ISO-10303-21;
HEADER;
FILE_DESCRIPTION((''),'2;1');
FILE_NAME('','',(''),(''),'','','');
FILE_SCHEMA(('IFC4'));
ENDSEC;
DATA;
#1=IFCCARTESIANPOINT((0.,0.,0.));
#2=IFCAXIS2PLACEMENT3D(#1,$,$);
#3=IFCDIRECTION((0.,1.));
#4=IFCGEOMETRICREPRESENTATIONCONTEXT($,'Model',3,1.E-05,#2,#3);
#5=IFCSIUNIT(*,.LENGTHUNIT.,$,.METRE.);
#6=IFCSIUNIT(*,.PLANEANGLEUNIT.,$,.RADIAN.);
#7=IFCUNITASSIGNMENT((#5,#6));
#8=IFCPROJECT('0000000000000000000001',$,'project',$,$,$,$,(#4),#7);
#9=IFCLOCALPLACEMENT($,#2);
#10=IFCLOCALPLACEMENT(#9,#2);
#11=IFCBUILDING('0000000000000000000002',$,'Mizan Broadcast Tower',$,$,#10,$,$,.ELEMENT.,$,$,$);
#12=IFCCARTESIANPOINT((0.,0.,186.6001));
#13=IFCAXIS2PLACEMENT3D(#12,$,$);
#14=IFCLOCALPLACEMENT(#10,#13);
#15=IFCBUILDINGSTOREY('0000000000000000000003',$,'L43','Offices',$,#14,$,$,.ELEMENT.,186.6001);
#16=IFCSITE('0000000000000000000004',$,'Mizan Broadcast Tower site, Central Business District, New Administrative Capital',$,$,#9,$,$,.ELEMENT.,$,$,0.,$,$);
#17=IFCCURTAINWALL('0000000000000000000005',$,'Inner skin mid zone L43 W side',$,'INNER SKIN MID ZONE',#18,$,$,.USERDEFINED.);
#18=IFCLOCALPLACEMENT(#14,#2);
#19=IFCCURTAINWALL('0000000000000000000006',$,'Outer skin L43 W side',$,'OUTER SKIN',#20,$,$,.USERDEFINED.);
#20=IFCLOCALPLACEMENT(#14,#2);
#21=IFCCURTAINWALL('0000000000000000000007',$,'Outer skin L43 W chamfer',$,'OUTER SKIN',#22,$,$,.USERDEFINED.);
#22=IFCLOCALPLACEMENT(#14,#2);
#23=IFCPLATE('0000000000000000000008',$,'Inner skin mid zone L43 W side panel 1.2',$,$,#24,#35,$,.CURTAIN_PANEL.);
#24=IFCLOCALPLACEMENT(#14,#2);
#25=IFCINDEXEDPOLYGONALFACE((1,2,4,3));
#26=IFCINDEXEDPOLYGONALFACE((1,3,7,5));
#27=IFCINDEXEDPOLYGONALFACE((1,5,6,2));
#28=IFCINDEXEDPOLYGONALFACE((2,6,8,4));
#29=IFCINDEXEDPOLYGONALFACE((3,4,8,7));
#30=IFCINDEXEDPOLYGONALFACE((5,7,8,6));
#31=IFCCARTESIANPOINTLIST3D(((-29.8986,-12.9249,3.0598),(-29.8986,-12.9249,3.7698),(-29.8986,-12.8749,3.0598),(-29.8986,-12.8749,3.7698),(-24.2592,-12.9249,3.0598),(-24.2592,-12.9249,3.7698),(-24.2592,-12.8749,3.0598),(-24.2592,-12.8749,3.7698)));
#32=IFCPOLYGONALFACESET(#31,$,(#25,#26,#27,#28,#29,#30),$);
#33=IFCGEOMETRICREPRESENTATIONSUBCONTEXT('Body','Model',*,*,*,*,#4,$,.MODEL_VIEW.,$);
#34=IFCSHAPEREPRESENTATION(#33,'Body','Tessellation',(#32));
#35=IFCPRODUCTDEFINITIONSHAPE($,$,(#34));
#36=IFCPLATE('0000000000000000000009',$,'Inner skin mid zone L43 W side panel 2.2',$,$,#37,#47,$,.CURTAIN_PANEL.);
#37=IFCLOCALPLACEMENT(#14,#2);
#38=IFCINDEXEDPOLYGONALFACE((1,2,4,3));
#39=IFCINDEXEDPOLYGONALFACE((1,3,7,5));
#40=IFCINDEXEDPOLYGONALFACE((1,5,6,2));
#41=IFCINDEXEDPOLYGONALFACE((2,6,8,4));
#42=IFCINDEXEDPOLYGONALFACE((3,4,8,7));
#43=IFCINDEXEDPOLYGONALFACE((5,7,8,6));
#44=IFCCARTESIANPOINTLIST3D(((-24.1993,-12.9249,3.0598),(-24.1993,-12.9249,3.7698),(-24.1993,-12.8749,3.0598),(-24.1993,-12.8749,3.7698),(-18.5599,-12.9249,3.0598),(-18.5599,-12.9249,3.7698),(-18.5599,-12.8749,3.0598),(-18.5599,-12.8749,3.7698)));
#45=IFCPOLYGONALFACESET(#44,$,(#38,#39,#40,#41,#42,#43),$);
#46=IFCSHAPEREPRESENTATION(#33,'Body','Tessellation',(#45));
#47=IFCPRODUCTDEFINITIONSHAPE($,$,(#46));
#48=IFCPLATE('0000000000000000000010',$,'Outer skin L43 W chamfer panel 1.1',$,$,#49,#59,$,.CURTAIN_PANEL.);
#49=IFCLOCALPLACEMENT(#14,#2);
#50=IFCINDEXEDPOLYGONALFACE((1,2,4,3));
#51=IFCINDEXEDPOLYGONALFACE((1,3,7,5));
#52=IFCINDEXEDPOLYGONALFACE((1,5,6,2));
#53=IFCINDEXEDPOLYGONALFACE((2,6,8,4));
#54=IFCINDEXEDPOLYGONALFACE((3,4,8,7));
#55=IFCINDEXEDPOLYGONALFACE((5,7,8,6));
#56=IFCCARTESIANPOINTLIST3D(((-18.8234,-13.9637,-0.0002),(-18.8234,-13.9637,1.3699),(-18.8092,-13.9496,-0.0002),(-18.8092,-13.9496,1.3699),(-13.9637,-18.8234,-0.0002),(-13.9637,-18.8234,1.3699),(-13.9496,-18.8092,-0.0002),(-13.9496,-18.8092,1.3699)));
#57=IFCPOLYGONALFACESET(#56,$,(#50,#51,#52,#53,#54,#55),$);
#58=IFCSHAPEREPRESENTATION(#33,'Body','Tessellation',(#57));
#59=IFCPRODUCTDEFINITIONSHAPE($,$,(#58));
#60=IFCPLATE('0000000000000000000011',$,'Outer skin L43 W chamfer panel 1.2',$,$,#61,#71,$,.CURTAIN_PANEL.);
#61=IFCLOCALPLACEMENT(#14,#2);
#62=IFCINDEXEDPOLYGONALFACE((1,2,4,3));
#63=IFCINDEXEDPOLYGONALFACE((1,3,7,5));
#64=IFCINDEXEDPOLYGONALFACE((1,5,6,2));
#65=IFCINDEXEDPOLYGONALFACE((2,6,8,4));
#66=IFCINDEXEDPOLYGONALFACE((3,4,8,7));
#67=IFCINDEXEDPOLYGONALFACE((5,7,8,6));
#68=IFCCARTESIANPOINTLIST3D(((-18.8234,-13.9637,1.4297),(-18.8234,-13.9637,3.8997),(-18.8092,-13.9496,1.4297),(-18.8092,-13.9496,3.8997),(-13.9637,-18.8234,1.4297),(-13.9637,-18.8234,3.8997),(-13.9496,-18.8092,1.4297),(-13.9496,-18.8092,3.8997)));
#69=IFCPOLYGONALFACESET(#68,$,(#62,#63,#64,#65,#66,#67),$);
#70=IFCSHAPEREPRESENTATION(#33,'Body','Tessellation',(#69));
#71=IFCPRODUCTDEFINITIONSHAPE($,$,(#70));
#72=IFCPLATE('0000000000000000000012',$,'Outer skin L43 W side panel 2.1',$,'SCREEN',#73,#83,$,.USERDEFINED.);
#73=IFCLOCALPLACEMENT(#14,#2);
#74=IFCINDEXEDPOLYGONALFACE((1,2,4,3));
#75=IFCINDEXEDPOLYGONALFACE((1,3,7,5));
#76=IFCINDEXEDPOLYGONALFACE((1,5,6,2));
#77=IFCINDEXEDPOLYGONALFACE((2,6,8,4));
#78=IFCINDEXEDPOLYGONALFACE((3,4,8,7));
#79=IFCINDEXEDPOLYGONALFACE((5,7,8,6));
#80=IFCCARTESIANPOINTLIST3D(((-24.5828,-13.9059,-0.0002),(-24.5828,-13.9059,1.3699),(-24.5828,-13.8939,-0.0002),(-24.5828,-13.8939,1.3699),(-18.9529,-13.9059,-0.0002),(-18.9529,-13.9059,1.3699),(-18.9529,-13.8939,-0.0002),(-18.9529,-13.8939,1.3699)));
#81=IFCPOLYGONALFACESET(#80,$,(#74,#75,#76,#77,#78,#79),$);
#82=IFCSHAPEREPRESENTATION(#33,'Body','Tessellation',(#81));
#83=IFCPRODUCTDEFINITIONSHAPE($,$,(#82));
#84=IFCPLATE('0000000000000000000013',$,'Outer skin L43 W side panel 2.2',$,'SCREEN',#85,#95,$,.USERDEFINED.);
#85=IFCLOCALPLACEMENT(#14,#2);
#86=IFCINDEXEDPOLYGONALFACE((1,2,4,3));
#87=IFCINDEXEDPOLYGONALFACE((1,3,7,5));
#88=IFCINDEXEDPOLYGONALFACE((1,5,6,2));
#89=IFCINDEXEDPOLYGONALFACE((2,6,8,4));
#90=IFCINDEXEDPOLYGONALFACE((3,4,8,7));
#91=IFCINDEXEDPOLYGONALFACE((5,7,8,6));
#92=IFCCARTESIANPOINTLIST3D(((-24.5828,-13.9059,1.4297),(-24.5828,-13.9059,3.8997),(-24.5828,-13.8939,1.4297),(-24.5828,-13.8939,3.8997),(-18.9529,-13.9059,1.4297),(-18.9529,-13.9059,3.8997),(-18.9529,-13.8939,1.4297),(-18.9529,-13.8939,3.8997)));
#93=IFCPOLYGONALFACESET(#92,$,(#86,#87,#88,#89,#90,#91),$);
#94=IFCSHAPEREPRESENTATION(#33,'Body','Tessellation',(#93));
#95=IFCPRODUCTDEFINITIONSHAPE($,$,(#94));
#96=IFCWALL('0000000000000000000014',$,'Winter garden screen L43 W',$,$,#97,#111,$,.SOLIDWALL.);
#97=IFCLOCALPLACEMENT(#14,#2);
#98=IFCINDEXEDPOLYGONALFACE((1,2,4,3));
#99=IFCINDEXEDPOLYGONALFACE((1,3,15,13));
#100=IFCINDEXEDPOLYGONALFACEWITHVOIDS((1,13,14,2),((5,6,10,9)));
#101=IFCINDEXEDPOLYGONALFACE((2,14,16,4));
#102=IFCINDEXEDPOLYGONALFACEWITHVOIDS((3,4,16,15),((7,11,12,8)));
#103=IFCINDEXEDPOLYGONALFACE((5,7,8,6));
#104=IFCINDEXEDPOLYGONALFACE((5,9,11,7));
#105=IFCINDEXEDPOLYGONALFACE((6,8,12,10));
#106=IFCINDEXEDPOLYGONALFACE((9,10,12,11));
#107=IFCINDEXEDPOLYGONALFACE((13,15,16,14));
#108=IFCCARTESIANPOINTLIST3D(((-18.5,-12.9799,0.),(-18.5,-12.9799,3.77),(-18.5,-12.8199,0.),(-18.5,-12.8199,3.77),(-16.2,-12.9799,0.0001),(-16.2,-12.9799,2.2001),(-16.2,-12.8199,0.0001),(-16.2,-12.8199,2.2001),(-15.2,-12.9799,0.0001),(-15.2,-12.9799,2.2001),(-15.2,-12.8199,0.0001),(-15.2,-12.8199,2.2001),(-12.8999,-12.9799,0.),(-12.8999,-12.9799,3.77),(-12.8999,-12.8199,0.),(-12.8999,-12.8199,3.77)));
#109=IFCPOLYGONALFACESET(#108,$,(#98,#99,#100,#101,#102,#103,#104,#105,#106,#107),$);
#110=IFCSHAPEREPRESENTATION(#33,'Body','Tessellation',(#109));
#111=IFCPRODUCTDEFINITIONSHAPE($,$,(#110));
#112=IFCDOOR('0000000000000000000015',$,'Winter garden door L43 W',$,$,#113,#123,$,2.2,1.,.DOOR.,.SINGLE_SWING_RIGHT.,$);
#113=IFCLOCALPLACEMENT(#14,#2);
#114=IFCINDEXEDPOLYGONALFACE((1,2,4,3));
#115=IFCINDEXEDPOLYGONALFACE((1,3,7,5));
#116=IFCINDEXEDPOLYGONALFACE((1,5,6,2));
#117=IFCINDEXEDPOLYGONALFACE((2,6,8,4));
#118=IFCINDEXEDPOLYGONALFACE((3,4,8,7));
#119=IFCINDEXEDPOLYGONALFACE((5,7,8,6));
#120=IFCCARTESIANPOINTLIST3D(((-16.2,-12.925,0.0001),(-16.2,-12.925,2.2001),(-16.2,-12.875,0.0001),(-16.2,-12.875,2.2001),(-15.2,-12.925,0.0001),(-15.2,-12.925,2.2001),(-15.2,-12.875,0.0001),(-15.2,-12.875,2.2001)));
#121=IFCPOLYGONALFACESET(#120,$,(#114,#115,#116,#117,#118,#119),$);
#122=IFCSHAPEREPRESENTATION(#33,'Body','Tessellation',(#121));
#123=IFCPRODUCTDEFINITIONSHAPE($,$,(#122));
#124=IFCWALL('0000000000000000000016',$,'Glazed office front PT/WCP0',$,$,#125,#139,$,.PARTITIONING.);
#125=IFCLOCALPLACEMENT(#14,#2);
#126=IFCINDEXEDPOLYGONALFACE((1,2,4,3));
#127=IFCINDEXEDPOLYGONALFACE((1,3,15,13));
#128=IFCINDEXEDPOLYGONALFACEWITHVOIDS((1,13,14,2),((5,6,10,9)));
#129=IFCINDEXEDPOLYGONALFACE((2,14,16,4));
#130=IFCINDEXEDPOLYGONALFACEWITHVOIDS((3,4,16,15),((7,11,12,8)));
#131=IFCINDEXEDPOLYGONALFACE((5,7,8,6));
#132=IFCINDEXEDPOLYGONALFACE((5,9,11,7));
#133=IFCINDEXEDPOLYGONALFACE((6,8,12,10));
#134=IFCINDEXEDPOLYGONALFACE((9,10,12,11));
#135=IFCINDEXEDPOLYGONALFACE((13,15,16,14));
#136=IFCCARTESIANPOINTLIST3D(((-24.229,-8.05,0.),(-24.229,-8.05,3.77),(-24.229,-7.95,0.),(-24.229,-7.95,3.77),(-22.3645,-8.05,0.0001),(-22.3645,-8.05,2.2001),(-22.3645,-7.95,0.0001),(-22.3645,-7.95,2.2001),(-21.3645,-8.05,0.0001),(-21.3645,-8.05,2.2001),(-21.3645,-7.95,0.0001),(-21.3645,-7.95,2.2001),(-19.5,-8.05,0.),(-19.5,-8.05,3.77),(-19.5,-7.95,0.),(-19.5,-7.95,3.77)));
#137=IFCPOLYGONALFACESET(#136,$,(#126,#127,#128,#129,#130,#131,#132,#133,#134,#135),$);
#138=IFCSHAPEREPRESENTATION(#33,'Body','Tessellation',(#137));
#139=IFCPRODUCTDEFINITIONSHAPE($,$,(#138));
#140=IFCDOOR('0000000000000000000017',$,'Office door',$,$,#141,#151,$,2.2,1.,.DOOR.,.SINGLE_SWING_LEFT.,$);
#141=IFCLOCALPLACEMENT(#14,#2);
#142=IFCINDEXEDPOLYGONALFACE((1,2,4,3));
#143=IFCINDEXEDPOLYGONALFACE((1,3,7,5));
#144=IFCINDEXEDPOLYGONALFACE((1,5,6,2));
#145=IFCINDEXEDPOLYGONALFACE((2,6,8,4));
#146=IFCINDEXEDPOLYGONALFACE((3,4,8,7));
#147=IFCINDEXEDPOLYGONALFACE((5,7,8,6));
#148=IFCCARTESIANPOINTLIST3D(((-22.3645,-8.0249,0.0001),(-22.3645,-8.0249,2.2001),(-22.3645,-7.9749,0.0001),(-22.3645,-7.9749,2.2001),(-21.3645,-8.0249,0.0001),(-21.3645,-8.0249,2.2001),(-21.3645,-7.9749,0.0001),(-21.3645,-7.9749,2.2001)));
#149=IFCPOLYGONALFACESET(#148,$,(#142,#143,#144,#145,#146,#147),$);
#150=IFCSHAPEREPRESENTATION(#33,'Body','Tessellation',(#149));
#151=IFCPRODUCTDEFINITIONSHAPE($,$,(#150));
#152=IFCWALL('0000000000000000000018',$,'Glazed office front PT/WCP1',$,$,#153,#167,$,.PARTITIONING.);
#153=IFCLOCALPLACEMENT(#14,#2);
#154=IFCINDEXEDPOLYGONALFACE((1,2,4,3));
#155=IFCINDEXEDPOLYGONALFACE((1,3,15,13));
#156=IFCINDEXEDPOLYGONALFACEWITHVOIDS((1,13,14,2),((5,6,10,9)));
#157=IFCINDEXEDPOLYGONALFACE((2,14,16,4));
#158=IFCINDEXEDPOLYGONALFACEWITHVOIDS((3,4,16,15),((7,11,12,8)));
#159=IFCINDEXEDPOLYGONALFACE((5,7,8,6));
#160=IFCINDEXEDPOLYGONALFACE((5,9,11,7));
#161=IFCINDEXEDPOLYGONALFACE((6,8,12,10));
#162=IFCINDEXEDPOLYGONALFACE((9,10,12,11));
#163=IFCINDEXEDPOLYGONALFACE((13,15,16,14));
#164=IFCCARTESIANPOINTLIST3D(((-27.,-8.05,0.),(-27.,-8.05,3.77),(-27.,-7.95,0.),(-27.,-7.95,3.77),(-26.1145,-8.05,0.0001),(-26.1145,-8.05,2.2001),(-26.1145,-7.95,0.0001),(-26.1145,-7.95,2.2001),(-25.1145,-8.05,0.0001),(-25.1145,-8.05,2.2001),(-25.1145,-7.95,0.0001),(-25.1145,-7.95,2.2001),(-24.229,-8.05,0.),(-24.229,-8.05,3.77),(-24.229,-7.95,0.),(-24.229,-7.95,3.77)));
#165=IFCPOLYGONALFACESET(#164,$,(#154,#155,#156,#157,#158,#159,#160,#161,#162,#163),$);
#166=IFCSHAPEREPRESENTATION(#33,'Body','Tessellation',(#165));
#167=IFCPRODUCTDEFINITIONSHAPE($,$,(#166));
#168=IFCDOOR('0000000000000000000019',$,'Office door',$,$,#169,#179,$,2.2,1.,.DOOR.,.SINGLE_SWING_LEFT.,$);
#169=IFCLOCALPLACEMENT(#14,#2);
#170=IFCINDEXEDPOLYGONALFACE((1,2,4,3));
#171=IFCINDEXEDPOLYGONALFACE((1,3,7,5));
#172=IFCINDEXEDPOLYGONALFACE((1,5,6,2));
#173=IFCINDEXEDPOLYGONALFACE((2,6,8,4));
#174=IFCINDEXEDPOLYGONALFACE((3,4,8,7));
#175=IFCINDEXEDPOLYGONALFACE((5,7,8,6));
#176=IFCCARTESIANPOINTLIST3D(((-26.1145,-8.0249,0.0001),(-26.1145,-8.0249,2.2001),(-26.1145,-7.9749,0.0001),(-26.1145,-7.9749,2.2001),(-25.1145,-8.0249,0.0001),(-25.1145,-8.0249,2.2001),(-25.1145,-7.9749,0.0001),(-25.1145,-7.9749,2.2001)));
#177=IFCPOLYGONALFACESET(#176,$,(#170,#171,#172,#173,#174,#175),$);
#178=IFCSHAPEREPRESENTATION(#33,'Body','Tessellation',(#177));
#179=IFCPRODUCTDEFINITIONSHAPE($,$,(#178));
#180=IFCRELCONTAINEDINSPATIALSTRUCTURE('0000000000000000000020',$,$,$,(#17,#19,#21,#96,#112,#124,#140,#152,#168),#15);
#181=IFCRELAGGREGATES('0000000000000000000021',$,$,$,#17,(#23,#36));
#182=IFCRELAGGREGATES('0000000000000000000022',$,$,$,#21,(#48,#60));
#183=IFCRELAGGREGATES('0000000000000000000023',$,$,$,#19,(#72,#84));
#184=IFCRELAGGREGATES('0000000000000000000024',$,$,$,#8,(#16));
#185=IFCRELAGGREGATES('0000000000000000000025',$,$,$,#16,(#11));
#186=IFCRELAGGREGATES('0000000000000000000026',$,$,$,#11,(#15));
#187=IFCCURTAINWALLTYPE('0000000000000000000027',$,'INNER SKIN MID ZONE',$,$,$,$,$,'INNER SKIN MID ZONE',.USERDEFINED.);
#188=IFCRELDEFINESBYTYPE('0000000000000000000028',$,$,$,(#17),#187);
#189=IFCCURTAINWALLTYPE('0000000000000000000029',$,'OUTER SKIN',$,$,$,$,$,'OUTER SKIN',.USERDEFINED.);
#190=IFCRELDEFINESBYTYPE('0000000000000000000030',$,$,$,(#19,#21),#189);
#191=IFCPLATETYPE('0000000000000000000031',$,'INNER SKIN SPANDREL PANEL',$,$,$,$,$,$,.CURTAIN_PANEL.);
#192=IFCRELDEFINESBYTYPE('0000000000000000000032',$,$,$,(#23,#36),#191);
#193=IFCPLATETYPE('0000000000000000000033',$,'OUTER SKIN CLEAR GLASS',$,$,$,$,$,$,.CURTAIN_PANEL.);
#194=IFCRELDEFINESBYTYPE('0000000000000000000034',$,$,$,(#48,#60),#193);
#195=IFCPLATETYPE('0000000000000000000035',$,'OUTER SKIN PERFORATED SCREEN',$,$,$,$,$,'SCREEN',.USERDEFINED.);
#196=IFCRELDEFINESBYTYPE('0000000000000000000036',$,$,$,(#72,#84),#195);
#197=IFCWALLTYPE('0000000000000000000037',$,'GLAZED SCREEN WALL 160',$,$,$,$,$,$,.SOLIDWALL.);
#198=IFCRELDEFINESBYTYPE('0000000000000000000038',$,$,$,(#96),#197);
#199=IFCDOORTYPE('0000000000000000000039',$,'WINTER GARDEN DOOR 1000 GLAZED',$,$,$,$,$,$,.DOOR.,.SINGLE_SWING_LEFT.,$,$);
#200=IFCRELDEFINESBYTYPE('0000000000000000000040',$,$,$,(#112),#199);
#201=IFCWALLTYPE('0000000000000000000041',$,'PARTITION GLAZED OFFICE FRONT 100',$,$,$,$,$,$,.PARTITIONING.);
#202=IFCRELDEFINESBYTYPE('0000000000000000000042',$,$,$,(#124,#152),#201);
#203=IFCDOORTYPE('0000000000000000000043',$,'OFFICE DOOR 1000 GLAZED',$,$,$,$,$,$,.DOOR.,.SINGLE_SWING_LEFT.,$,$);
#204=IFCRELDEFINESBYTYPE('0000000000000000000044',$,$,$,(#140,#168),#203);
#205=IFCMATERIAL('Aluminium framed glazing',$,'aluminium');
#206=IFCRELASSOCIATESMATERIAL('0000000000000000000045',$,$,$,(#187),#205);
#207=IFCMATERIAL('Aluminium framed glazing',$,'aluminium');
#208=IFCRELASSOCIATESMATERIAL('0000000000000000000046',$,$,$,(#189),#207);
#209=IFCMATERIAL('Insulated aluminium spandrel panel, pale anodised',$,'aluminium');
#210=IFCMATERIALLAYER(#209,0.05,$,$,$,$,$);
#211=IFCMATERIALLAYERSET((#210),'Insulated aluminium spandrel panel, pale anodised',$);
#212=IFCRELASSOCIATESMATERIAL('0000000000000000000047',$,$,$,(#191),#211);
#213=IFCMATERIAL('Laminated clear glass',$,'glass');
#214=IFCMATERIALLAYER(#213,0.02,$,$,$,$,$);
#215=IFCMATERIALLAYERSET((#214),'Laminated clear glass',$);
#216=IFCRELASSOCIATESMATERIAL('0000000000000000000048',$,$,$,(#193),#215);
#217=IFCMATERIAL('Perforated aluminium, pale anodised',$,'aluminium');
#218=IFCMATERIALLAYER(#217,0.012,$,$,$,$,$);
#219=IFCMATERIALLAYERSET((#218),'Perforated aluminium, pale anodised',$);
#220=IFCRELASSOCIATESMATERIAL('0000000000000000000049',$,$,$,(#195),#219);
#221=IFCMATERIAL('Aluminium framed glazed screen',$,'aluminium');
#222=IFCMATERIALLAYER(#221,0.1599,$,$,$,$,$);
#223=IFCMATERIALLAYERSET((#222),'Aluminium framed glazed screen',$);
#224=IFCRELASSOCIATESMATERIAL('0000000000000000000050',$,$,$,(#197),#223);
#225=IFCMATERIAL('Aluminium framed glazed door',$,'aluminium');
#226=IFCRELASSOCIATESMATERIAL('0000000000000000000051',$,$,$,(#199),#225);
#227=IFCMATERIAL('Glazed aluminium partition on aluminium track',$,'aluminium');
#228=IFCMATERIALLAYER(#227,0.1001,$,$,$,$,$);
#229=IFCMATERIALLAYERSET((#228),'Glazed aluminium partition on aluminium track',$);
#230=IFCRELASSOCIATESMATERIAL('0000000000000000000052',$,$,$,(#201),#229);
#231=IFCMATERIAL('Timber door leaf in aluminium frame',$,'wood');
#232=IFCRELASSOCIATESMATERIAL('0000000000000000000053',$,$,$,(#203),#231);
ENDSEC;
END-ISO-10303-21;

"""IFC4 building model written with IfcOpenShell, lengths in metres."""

from ifc_helpers import new_model, si_unit, direction, frame, frame_2d, origin, origin_2d, place, context, subcontext, project, spatial, rectangle, extrude, material, layer, layer_set, type_object, element, fill, aggregate, save


model = new_model("IFC4")

# Units and contexts
model_context = context("Model", 3, precision=1e-05, world=origin(), true_north=direction((0.0, 1.0)))
body_context = subcontext(model_context, "Body", "Model", "MODEL_VIEW")
ifc_project = project(units=[si_unit("LENGTHUNIT", "METRE"), si_unit("PLANEANGLEUNIT", "RADIAN")], contexts=[model_context])

# Site, building, storey
site_placement = place(None, origin())
site = spatial("IfcSite", under=ifc_project, at=site_placement, Name="Mizan Broadcast Tower site, Central Business District, New Administrative Capital", CompositionType="ELEMENT", RefElevation=0.0)
building_placement = place(site_placement, origin())
building = spatial("IfcBuilding", under=site, at=building_placement, Name="Mizan Broadcast Tower", CompositionType="ELEMENT")
storey_placement = place(building_placement, frame((0.0, 0.0, 186.6001)))
storey = spatial("IfcBuildingStorey", under=building, at=storey_placement, Name="L43", Description="Offices", CompositionType="ELEMENT", Elevation=186.6001)

# Curtain walls
ifc_material_1 = material(Name="Aluminium framed glazing", Category="aluminium")
curtain_wall_type_1 = type_object("IfcCurtainWallType", Name="INNER SKIN MID ZONE", ElementType="INNER SKIN MID ZONE", PredefinedType="USERDEFINED", material=ifc_material_1)
curtain_wall_1_placement = place(storey_placement, origin())
curtain_wall_1 = element("IfcCurtainWall", 1, at=curtain_wall_1_placement, inside=storey, type_object=curtain_wall_type_1, Name="Inner skin mid zone L43 W side", ObjectType="INNER SKIN MID ZONE", PredefinedType="USERDEFINED")
ifc_material_2 = material(Name="Aluminium framed glazing", Category="aluminium")
curtain_wall_type_2 = type_object("IfcCurtainWallType", Name="OUTER SKIN", ElementType="OUTER SKIN", PredefinedType="USERDEFINED", material=ifc_material_2)
curtain_wall_2_placement = place(storey_placement, origin())
curtain_wall_2 = element("IfcCurtainWall", 2, at=curtain_wall_2_placement, inside=storey, type_object=curtain_wall_type_2, Name="Outer skin L43 W side", ObjectType="OUTER SKIN", PredefinedType="USERDEFINED")

# Curtain wall
curtain_wall_3_placement = place(storey_placement, origin())
curtain_wall_3 = element("IfcCurtainWall", 3, at=curtain_wall_3_placement, inside=storey, type_object=curtain_wall_type_2, Name="Outer skin L43 W chamfer", ObjectType="OUTER SKIN", PredefinedType="USERDEFINED")

# Plates
ifc_material_3 = material(Name="Insulated aluminium spandrel panel, pale anodised", Category="aluminium")
ifc_layer_1 = layer(ifc_material_3, 0.05)
ifc_layer_set_1 = layer_set([ifc_layer_1], Name="Insulated aluminium spandrel panel, pale anodised")
plate_type_1 = type_object("IfcPlateType", Name="INNER SKIN SPANDREL PANEL", PredefinedType="CURTAIN_PANEL", material=ifc_layer_set_1)
plate_1_placement = place(storey_placement, frame((-27.0789, -12.8999, 3.0598), z_axis=(0.0, 0.0, 1.0), x_axis=(1.0, 0.0, 0.0)))
plate_1 = element("IfcPlate", 4, at=plate_1_placement, type_object=plate_type_1, Name="Inner skin mid zone L43 W side panel 1.2", PredefinedType="CURTAIN_PANEL", context=body_context, shape_type="SweptSolid", body=[
    extrude(rectangle(XDim=5.6394, YDim=0.05, at=origin_2d()), origin(), (0.0, 0.0, 1.0), 0.71),
])
plate_2_placement = place(storey_placement, frame((-21.3796, -12.8999, 3.0598), z_axis=(0.0, 0.0, 1.0), x_axis=(1.0, 0.0, 0.0)))
plate_2 = element("IfcPlate", 5, at=plate_2_placement, type_object=plate_type_1, Name="Inner skin mid zone L43 W side panel 2.2", PredefinedType="CURTAIN_PANEL", context=body_context, shape_type="SweptSolid", body=[
    extrude(rectangle(XDim=5.6394, YDim=0.05, at=origin_2d()), origin(), (0.0, 0.0, 1.0), 0.71),
])
aggregate(curtain_wall_1, [plate_1, plate_2])
ifc_material_4 = material(Name="Laminated clear glass", Category="glass")
ifc_layer_2 = layer(ifc_material_4, 0.02)
ifc_layer_set_2 = layer_set([ifc_layer_2], Name="Laminated clear glass")
plate_type_2 = type_object("IfcPlateType", Name="OUTER SKIN CLEAR GLASS", PredefinedType="CURTAIN_PANEL", material=ifc_layer_set_2)
plate_3_placement = place(storey_placement, frame((-16.3865, -16.3865, -0.0002), z_axis=(0.0, 0.0, 1.0), x_axis=(0.707107, -0.707107, 0.0)))
plate_3 = element("IfcPlate", 6, at=plate_3_placement, type_object=plate_type_2, Name="Outer skin L43 W chamfer panel 1.1", PredefinedType="CURTAIN_PANEL", context=body_context, shape_type="SweptSolid", body=[
    extrude(rectangle(XDim=6.8726, YDim=0.02, at=origin_2d()), origin(), (0.0, 0.0, 1.0), 1.3701),
])
plate_4_placement = place(storey_placement, frame((-16.3865, -16.3865, 1.4297), z_axis=(0.0, 0.0, 1.0), x_axis=(0.707107, -0.707107, 0.0)))
plate_4 = element("IfcPlate", 7, at=plate_4_placement, type_object=plate_type_2, Name="Outer skin L43 W chamfer panel 1.2", PredefinedType="CURTAIN_PANEL", context=body_context, shape_type="SweptSolid", body=[
    extrude(rectangle(XDim=6.8726, YDim=0.02, at=origin_2d()), origin(), (0.0, 0.0, 1.0), 2.47),
])
aggregate(curtain_wall_3, [plate_3, plate_4])
ifc_material_5 = material(Name="Perforated aluminium, pale anodised", Category="aluminium")
ifc_layer_3 = layer(ifc_material_5, 0.012)
ifc_layer_set_3 = layer_set([ifc_layer_3], Name="Perforated aluminium, pale anodised")
plate_type_3 = type_object("IfcPlateType", Name="OUTER SKIN PERFORATED SCREEN", ElementType="SCREEN", PredefinedType="USERDEFINED", material=ifc_layer_set_3)
plate_5_placement = place(storey_placement, frame((-21.7678, -13.8999, -0.0002), z_axis=(0.0, 0.0, 1.0), x_axis=(1.0, 0.0, 0.0)))
plate_5 = element("IfcPlate", 8, at=plate_5_placement, type_object=plate_type_3, Name="Outer skin L43 W side panel 2.1", ObjectType="SCREEN", PredefinedType="USERDEFINED", context=body_context, shape_type="SweptSolid", body=[
    extrude(rectangle(XDim=5.6299, YDim=0.012, at=origin_2d()), origin(), (0.0, 0.0, 1.0), 1.3701),
])
plate_6_placement = place(storey_placement, frame((-21.7678, -13.8999, 1.4297), z_axis=(0.0, 0.0, 1.0), x_axis=(1.0, 0.0, 0.0)))
plate_6 = element("IfcPlate", 9, at=plate_6_placement, type_object=plate_type_3, Name="Outer skin L43 W side panel 2.2", ObjectType="SCREEN", PredefinedType="USERDEFINED", context=body_context, shape_type="SweptSolid", body=[
    extrude(rectangle(XDim=5.6299, YDim=0.012, at=origin_2d()), origin(), (0.0, 0.0, 1.0), 2.47),
])
aggregate(curtain_wall_2, [plate_5, plate_6])

# Walls, openings, doors
ifc_material_6 = material(Name="Aluminium framed glazed screen", Category="aluminium")
ifc_layer_4 = layer(ifc_material_6, 0.1599)
ifc_layer_set_4 = layer_set([ifc_layer_4], Name="Aluminium framed glazed screen")
wall_type_1 = type_object("IfcWallType", Name="GLAZED SCREEN WALL 160", PredefinedType="SOLIDWALL", material=ifc_layer_set_4)
wall_1_placement = place(storey_placement, frame((-18.5, -12.8999, 0.0), z_axis=(0.0, 0.0, 1.0), x_axis=(1.0, 0.0, 0.0)))
wall_1 = element("IfcWall", 10, at=wall_1_placement, inside=storey, type_object=wall_type_1, Name="Winter garden screen L43 W", PredefinedType="SOLIDWALL", context=body_context, shape_type="SweptSolid", body=[
    extrude(rectangle(XDim=5.6001, YDim=0.1599, at=frame_2d((2.8, 0.0))), origin(), (0.0, 0.0, 1.0), 3.77),
])
opening_1_placement = place(wall_1_placement, frame((2.3, 0.0, 0.0)))
opening_1 = element("IfcOpeningElement", 11, at=opening_1_placement, cuts=wall_1, PredefinedType="OPENING", context=body_context, shape_type="SweptSolid", body=[
    extrude(rectangle(XDim=1.0, YDim=2.2, at=frame_2d((0.5, 1.1001))), frame((0.0, 0.0898, 0.0), z_axis=(0.0, -1.0, 0.0), x_axis=(1.0, 0.0, 0.0)), (0.0, 0.0, 1.0), 0.1799),
])
ifc_material_7 = material(Name="Aluminium framed glazed door", Category="aluminium")
door_type_1 = type_object("IfcDoorType", Name="WINTER GARDEN DOOR 1000 GLAZED", OperationType="SINGLE_SWING_LEFT", PredefinedType="DOOR", material=ifc_material_7)
door_1_placement = place(opening_1_placement, origin())
door_1 = element("IfcDoor", 12, at=door_1_placement, inside=storey, type_object=door_type_1, Name="Winter garden door L43 W", OperationType="SINGLE_SWING_RIGHT", OverallHeight=2.2, OverallWidth=1.0, PredefinedType="DOOR", context=body_context, shape_type="SweptSolid", body=[
    extrude(rectangle(XDim=1.0, YDim=2.2, at=frame_2d((0.5, 1.1001))), frame((0.0, 0.0249, 0.0), z_axis=(0.0, -1.0, 0.0), x_axis=(1.0, 0.0, 0.0)), (0.0, 0.0, 1.0), 0.05),
])
fill(opening_1, door_1)
ifc_material_8 = material(Name="Glazed aluminium partition on aluminium track", Category="aluminium")
ifc_layer_5 = layer(ifc_material_8, 0.1001)
ifc_layer_set_5 = layer_set([ifc_layer_5], Name="Glazed aluminium partition on aluminium track")
wall_type_2 = type_object("IfcWallType", Name="PARTITION GLAZED OFFICE FRONT 100", PredefinedType="PARTITIONING", material=ifc_layer_set_5)
wall_2_placement = place(storey_placement, frame((-19.5, -8.0, 0.0), z_axis=(0.0, 0.0, 1.0), x_axis=(-1.0, 0.0, 0.0)))
wall_2 = element("IfcWall", 13, at=wall_2_placement, inside=storey, type_object=wall_type_2, Name="Glazed office front PT/WCP0", PredefinedType="PARTITIONING", context=body_context, shape_type="SweptSolid", body=[
    extrude(rectangle(XDim=4.729, YDim=0.1001, at=frame_2d((2.3645, 0.0))), origin(), (0.0, 0.0, 1.0), 3.77),
])
opening_2_placement = place(wall_2_placement, frame((1.8645, 0.0, 0.0)))
opening_2 = element("IfcOpeningElement", 14, at=opening_2_placement, cuts=wall_2, PredefinedType="OPENING", context=body_context, shape_type="SweptSolid", body=[
    extrude(rectangle(XDim=1.0, YDim=2.2, at=frame_2d((0.5, 1.1001))), frame((0.0, 0.0601, 0.0), z_axis=(0.0, -1.0, 0.0), x_axis=(1.0, 0.0, 0.0)), (0.0, 0.0, 1.0), 0.1201),
])
ifc_material_9 = material(Name="Timber door leaf in aluminium frame", Category="wood")
door_type_2 = type_object("IfcDoorType", Name="OFFICE DOOR 1000 GLAZED", OperationType="SINGLE_SWING_LEFT", PredefinedType="DOOR", material=ifc_material_9)
door_2_placement = place(opening_2_placement, origin())
door_2 = element("IfcDoor", 15, at=door_2_placement, inside=storey, type_object=door_type_2, Name="Office door", OperationType="SINGLE_SWING_LEFT", OverallHeight=2.2, OverallWidth=1.0, PredefinedType="DOOR", context=body_context, shape_type="SweptSolid", body=[
    extrude(rectangle(XDim=1.0, YDim=2.2, at=frame_2d((0.5, 1.1001))), frame((0.0, 0.0249, 0.0), z_axis=(0.0, -1.0, 0.0), x_axis=(1.0, 0.0, 0.0)), (0.0, 0.0, 1.0), 0.05),
])
fill(opening_2, door_2)
wall_3_placement = place(storey_placement, frame((-24.229, -8.0, 0.0), z_axis=(0.0, 0.0, 1.0), x_axis=(-1.0, 0.0, 0.0)))
wall_3 = element("IfcWall", 16, at=wall_3_placement, inside=storey, type_object=wall_type_2, Name="Glazed office front PT/WCP1", PredefinedType="PARTITIONING", context=body_context, shape_type="SweptSolid", body=[
    extrude(rectangle(XDim=2.771, YDim=0.1001, at=frame_2d((1.3855, 0.0))), origin(), (0.0, 0.0, 1.0), 3.77),
])
opening_3_placement = place(wall_3_placement, frame((0.8855, 0.0, 0.0)))
opening_3 = element("IfcOpeningElement", 17, at=opening_3_placement, cuts=wall_3, PredefinedType="OPENING", context=body_context, shape_type="SweptSolid", body=[
    extrude(rectangle(XDim=1.0, YDim=2.2, at=frame_2d((0.5, 1.1001))), frame((0.0, 0.0601, 0.0), z_axis=(0.0, -1.0, 0.0), x_axis=(1.0, 0.0, 0.0)), (0.0, 0.0, 1.0), 0.1201),
])
door_3_placement = place(opening_3_placement, origin())
door_3 = element("IfcDoor", 18, at=door_3_placement, inside=storey, type_object=door_type_2, Name="Office door", OperationType="SINGLE_SWING_LEFT", OverallHeight=2.2, OverallWidth=1.0, PredefinedType="DOOR", context=body_context, shape_type="SweptSolid", body=[
    extrude(rectangle(XDim=1.0, YDim=2.2, at=frame_2d((0.5, 1.1001))), frame((0.0, 0.0249, 0.0), z_axis=(0.0, -1.0, 0.0), x_axis=(1.0, 0.0, 0.0)), (0.0, 0.0, 1.0), 0.05),
])
fill(opening_3, door_3)

save(model, "model.ifc")
